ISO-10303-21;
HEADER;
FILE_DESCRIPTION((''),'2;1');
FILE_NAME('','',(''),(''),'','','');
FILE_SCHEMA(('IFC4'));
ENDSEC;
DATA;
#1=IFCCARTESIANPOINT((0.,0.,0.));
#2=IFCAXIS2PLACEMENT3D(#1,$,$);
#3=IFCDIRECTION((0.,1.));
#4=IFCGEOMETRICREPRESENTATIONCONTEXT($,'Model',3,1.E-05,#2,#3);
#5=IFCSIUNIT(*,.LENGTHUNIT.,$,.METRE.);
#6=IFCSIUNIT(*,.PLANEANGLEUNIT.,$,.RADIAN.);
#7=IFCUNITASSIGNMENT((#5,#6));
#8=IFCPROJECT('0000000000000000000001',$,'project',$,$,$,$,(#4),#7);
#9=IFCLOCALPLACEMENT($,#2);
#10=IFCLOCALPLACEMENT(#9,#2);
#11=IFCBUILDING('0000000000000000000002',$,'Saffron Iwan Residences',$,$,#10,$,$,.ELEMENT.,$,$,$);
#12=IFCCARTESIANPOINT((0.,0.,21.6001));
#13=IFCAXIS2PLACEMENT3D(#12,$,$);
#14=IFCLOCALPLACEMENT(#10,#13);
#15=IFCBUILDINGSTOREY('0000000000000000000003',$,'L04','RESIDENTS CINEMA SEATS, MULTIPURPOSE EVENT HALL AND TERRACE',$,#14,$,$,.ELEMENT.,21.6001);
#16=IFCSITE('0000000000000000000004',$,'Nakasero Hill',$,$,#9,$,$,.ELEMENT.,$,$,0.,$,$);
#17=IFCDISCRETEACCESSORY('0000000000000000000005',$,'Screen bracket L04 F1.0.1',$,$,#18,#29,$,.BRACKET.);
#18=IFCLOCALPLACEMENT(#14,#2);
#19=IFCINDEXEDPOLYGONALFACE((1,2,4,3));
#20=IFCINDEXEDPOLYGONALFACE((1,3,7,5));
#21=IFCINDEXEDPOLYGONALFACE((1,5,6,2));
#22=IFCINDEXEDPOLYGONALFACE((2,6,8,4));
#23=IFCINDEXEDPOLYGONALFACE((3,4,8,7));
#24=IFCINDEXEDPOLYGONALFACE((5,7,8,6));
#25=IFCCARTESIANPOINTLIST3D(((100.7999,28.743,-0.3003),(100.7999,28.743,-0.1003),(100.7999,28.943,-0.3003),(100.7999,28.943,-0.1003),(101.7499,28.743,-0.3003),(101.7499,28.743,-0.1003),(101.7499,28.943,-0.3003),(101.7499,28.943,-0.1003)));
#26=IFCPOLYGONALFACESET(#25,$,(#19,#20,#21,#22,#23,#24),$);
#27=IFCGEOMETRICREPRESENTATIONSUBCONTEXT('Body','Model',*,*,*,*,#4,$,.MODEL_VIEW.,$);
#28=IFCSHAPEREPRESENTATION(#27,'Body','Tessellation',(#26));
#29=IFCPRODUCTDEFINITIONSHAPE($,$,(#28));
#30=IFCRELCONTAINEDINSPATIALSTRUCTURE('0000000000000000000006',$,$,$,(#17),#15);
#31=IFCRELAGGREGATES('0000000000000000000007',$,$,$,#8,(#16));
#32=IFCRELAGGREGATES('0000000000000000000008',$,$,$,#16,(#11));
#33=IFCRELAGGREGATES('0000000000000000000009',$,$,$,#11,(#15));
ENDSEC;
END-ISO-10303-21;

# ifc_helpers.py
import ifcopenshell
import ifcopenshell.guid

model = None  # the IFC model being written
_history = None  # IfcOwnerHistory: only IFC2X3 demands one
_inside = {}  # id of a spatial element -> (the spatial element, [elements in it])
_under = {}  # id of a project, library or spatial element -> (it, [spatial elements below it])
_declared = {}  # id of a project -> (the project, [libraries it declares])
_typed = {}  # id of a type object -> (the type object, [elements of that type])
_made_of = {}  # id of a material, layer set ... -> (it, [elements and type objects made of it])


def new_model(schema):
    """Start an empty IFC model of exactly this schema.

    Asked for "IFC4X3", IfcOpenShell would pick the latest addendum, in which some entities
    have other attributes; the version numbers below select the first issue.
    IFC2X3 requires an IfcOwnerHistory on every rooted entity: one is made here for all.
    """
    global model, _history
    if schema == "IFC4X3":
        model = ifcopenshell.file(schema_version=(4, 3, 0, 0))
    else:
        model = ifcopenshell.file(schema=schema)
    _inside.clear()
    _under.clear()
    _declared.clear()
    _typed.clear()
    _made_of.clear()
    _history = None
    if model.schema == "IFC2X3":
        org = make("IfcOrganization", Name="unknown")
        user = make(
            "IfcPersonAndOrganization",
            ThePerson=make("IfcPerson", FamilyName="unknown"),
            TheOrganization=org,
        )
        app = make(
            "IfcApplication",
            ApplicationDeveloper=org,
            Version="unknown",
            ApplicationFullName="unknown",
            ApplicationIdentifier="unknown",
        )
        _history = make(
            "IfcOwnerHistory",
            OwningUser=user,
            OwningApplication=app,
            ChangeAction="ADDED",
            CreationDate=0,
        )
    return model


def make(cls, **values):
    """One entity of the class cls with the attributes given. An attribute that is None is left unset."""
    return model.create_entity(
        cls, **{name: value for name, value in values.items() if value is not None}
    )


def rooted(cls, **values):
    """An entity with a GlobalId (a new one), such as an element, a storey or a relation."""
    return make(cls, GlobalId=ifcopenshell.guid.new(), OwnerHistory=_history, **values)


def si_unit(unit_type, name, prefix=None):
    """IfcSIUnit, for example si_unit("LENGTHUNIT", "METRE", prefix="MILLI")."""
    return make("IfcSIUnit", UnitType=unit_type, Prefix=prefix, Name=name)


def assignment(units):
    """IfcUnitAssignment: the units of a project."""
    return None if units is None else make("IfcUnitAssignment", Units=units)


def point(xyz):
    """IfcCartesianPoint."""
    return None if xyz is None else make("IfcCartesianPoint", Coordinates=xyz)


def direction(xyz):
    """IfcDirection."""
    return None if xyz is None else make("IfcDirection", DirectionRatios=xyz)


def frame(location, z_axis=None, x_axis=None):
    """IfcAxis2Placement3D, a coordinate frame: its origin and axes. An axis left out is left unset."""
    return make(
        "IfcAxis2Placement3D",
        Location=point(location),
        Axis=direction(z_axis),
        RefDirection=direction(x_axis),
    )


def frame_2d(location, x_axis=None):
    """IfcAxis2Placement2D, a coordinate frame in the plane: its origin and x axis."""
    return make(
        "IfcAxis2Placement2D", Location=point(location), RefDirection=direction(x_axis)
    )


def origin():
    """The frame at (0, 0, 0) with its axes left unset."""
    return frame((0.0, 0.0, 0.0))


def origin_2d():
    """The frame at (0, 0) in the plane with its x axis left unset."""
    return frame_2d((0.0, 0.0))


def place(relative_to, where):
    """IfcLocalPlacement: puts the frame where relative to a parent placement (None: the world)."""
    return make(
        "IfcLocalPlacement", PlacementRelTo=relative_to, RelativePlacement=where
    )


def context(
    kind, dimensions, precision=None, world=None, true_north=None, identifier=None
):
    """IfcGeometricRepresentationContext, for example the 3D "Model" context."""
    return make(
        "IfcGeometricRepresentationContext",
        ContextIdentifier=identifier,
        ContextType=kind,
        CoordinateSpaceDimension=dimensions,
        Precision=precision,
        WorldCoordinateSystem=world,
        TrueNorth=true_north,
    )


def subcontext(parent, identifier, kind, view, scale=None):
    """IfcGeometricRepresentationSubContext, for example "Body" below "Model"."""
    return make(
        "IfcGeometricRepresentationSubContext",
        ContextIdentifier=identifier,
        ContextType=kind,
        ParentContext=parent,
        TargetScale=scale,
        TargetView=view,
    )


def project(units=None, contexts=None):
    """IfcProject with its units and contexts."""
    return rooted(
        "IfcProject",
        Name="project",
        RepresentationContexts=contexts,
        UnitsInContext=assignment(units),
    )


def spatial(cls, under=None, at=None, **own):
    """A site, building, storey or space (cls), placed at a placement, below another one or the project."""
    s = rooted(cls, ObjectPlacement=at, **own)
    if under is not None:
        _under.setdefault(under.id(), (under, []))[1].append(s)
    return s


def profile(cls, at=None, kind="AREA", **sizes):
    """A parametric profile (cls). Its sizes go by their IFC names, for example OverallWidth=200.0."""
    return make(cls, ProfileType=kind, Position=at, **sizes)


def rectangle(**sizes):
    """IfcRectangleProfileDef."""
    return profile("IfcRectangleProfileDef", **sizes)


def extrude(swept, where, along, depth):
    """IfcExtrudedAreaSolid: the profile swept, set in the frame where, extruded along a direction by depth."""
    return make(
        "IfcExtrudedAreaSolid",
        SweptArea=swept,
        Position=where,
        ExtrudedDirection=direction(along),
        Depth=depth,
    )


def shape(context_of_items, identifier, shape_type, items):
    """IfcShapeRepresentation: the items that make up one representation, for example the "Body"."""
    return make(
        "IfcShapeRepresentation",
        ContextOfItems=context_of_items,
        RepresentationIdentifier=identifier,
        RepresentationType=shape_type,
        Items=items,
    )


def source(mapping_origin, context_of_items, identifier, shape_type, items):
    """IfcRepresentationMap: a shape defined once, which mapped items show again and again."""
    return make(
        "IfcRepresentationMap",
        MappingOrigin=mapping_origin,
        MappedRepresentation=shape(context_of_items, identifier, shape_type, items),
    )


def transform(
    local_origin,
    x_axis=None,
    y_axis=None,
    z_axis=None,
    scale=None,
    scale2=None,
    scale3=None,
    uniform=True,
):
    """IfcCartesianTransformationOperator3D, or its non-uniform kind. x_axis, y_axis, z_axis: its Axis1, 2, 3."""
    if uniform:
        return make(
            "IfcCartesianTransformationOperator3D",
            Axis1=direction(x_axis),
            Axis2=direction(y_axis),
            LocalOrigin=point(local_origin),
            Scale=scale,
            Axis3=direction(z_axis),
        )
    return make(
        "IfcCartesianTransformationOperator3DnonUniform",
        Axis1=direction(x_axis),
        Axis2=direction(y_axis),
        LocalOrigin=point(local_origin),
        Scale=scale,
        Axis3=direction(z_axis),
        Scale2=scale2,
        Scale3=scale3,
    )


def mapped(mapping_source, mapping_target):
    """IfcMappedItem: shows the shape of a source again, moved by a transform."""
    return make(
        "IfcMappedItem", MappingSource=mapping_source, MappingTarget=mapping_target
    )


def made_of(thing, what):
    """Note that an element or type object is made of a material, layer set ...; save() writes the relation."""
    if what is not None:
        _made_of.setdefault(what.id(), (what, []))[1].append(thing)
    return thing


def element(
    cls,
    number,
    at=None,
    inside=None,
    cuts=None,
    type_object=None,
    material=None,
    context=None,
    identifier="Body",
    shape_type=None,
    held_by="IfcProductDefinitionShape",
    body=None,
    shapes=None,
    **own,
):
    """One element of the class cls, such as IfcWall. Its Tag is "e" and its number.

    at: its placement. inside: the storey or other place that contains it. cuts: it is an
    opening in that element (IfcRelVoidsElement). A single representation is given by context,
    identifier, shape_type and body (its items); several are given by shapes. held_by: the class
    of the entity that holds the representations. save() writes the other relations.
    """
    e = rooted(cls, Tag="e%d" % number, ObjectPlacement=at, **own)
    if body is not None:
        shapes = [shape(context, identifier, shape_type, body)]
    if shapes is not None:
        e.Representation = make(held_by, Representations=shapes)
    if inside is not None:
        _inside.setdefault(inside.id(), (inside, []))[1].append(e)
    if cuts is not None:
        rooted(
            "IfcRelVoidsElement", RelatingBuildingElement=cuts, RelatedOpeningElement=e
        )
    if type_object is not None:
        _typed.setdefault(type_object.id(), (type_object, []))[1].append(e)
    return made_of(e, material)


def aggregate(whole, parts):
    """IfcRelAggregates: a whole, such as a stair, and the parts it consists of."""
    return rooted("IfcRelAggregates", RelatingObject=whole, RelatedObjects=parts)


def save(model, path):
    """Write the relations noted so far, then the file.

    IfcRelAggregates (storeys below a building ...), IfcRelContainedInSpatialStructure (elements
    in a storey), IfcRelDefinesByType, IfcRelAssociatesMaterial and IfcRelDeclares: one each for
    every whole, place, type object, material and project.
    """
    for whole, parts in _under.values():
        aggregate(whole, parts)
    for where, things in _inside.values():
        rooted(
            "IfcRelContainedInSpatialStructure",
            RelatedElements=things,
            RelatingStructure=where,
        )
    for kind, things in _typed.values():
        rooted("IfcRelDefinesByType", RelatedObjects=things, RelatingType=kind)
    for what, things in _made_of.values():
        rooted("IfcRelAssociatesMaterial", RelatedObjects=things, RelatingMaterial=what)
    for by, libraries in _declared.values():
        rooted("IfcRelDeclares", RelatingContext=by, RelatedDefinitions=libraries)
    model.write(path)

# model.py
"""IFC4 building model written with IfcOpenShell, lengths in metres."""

from ifc_helpers import new_model, si_unit, direction, frame, origin, origin_2d, place, context, subcontext, project, spatial, rectangle, extrude, source, transform, mapped, element, save


model = new_model("IFC4")

# Units and contexts
model_context = context("Model", 3, precision=1e-05, world=origin(), true_north=direction((0.0, 1.0)))
body_context = subcontext(model_context, "Body", "Model", "MODEL_VIEW")
ifc_project = project(units=[si_unit("LENGTHUNIT", "METRE"), si_unit("PLANEANGLEUNIT", "RADIAN")], contexts=[model_context])

# Site, building, storey
site_placement = place(None, origin())
site = spatial("IfcSite", under=ifc_project, at=site_placement, Name="Nakasero Hill", CompositionType="ELEMENT", RefElevation=0.0)
building_placement = place(site_placement, origin())
building = spatial("IfcBuilding", under=site, at=building_placement, Name="Saffron Iwan Residences", CompositionType="ELEMENT")
storey_placement = place(building_placement, frame((0.0, 0.0, 21.6001)))
storey = spatial("IfcBuildingStorey", under=building, at=storey_placement, Name="L04", Description="RESIDENTS CINEMA SEATS, MULTIPURPOSE EVENT HALL AND TERRACE", CompositionType="ELEMENT", Elevation=21.6001)

# Discrete accessory
shared_shape_1 = source(origin(), body_context, "Body", "SweptSolid", [
    extrude(rectangle(XDim=0.95, YDim=0.2, at=origin_2d()), origin(), (0.0, 0.0, 1.0), 0.2),
])
for number, where, z_axis, x_axis, name in (
    (1, (101.2749, 28.843, -0.3003), (0.0, 0.0, 1.0), (1.0, 0.0, 0.0), "Screen bracket L04 F1.0.1"),
):
    element("IfcDiscreteAccessory", number, at=place(storey_placement, frame(where, z_axis=z_axis, x_axis=x_axis)), inside=storey, Name=name, PredefinedType="BRACKET", context=body_context, shape_type="MappedRepresentation", body=[
        mapped(shared_shape_1, transform((0.0, 0.0, 0.0))),
    ])

save(model, "model.ifc")
